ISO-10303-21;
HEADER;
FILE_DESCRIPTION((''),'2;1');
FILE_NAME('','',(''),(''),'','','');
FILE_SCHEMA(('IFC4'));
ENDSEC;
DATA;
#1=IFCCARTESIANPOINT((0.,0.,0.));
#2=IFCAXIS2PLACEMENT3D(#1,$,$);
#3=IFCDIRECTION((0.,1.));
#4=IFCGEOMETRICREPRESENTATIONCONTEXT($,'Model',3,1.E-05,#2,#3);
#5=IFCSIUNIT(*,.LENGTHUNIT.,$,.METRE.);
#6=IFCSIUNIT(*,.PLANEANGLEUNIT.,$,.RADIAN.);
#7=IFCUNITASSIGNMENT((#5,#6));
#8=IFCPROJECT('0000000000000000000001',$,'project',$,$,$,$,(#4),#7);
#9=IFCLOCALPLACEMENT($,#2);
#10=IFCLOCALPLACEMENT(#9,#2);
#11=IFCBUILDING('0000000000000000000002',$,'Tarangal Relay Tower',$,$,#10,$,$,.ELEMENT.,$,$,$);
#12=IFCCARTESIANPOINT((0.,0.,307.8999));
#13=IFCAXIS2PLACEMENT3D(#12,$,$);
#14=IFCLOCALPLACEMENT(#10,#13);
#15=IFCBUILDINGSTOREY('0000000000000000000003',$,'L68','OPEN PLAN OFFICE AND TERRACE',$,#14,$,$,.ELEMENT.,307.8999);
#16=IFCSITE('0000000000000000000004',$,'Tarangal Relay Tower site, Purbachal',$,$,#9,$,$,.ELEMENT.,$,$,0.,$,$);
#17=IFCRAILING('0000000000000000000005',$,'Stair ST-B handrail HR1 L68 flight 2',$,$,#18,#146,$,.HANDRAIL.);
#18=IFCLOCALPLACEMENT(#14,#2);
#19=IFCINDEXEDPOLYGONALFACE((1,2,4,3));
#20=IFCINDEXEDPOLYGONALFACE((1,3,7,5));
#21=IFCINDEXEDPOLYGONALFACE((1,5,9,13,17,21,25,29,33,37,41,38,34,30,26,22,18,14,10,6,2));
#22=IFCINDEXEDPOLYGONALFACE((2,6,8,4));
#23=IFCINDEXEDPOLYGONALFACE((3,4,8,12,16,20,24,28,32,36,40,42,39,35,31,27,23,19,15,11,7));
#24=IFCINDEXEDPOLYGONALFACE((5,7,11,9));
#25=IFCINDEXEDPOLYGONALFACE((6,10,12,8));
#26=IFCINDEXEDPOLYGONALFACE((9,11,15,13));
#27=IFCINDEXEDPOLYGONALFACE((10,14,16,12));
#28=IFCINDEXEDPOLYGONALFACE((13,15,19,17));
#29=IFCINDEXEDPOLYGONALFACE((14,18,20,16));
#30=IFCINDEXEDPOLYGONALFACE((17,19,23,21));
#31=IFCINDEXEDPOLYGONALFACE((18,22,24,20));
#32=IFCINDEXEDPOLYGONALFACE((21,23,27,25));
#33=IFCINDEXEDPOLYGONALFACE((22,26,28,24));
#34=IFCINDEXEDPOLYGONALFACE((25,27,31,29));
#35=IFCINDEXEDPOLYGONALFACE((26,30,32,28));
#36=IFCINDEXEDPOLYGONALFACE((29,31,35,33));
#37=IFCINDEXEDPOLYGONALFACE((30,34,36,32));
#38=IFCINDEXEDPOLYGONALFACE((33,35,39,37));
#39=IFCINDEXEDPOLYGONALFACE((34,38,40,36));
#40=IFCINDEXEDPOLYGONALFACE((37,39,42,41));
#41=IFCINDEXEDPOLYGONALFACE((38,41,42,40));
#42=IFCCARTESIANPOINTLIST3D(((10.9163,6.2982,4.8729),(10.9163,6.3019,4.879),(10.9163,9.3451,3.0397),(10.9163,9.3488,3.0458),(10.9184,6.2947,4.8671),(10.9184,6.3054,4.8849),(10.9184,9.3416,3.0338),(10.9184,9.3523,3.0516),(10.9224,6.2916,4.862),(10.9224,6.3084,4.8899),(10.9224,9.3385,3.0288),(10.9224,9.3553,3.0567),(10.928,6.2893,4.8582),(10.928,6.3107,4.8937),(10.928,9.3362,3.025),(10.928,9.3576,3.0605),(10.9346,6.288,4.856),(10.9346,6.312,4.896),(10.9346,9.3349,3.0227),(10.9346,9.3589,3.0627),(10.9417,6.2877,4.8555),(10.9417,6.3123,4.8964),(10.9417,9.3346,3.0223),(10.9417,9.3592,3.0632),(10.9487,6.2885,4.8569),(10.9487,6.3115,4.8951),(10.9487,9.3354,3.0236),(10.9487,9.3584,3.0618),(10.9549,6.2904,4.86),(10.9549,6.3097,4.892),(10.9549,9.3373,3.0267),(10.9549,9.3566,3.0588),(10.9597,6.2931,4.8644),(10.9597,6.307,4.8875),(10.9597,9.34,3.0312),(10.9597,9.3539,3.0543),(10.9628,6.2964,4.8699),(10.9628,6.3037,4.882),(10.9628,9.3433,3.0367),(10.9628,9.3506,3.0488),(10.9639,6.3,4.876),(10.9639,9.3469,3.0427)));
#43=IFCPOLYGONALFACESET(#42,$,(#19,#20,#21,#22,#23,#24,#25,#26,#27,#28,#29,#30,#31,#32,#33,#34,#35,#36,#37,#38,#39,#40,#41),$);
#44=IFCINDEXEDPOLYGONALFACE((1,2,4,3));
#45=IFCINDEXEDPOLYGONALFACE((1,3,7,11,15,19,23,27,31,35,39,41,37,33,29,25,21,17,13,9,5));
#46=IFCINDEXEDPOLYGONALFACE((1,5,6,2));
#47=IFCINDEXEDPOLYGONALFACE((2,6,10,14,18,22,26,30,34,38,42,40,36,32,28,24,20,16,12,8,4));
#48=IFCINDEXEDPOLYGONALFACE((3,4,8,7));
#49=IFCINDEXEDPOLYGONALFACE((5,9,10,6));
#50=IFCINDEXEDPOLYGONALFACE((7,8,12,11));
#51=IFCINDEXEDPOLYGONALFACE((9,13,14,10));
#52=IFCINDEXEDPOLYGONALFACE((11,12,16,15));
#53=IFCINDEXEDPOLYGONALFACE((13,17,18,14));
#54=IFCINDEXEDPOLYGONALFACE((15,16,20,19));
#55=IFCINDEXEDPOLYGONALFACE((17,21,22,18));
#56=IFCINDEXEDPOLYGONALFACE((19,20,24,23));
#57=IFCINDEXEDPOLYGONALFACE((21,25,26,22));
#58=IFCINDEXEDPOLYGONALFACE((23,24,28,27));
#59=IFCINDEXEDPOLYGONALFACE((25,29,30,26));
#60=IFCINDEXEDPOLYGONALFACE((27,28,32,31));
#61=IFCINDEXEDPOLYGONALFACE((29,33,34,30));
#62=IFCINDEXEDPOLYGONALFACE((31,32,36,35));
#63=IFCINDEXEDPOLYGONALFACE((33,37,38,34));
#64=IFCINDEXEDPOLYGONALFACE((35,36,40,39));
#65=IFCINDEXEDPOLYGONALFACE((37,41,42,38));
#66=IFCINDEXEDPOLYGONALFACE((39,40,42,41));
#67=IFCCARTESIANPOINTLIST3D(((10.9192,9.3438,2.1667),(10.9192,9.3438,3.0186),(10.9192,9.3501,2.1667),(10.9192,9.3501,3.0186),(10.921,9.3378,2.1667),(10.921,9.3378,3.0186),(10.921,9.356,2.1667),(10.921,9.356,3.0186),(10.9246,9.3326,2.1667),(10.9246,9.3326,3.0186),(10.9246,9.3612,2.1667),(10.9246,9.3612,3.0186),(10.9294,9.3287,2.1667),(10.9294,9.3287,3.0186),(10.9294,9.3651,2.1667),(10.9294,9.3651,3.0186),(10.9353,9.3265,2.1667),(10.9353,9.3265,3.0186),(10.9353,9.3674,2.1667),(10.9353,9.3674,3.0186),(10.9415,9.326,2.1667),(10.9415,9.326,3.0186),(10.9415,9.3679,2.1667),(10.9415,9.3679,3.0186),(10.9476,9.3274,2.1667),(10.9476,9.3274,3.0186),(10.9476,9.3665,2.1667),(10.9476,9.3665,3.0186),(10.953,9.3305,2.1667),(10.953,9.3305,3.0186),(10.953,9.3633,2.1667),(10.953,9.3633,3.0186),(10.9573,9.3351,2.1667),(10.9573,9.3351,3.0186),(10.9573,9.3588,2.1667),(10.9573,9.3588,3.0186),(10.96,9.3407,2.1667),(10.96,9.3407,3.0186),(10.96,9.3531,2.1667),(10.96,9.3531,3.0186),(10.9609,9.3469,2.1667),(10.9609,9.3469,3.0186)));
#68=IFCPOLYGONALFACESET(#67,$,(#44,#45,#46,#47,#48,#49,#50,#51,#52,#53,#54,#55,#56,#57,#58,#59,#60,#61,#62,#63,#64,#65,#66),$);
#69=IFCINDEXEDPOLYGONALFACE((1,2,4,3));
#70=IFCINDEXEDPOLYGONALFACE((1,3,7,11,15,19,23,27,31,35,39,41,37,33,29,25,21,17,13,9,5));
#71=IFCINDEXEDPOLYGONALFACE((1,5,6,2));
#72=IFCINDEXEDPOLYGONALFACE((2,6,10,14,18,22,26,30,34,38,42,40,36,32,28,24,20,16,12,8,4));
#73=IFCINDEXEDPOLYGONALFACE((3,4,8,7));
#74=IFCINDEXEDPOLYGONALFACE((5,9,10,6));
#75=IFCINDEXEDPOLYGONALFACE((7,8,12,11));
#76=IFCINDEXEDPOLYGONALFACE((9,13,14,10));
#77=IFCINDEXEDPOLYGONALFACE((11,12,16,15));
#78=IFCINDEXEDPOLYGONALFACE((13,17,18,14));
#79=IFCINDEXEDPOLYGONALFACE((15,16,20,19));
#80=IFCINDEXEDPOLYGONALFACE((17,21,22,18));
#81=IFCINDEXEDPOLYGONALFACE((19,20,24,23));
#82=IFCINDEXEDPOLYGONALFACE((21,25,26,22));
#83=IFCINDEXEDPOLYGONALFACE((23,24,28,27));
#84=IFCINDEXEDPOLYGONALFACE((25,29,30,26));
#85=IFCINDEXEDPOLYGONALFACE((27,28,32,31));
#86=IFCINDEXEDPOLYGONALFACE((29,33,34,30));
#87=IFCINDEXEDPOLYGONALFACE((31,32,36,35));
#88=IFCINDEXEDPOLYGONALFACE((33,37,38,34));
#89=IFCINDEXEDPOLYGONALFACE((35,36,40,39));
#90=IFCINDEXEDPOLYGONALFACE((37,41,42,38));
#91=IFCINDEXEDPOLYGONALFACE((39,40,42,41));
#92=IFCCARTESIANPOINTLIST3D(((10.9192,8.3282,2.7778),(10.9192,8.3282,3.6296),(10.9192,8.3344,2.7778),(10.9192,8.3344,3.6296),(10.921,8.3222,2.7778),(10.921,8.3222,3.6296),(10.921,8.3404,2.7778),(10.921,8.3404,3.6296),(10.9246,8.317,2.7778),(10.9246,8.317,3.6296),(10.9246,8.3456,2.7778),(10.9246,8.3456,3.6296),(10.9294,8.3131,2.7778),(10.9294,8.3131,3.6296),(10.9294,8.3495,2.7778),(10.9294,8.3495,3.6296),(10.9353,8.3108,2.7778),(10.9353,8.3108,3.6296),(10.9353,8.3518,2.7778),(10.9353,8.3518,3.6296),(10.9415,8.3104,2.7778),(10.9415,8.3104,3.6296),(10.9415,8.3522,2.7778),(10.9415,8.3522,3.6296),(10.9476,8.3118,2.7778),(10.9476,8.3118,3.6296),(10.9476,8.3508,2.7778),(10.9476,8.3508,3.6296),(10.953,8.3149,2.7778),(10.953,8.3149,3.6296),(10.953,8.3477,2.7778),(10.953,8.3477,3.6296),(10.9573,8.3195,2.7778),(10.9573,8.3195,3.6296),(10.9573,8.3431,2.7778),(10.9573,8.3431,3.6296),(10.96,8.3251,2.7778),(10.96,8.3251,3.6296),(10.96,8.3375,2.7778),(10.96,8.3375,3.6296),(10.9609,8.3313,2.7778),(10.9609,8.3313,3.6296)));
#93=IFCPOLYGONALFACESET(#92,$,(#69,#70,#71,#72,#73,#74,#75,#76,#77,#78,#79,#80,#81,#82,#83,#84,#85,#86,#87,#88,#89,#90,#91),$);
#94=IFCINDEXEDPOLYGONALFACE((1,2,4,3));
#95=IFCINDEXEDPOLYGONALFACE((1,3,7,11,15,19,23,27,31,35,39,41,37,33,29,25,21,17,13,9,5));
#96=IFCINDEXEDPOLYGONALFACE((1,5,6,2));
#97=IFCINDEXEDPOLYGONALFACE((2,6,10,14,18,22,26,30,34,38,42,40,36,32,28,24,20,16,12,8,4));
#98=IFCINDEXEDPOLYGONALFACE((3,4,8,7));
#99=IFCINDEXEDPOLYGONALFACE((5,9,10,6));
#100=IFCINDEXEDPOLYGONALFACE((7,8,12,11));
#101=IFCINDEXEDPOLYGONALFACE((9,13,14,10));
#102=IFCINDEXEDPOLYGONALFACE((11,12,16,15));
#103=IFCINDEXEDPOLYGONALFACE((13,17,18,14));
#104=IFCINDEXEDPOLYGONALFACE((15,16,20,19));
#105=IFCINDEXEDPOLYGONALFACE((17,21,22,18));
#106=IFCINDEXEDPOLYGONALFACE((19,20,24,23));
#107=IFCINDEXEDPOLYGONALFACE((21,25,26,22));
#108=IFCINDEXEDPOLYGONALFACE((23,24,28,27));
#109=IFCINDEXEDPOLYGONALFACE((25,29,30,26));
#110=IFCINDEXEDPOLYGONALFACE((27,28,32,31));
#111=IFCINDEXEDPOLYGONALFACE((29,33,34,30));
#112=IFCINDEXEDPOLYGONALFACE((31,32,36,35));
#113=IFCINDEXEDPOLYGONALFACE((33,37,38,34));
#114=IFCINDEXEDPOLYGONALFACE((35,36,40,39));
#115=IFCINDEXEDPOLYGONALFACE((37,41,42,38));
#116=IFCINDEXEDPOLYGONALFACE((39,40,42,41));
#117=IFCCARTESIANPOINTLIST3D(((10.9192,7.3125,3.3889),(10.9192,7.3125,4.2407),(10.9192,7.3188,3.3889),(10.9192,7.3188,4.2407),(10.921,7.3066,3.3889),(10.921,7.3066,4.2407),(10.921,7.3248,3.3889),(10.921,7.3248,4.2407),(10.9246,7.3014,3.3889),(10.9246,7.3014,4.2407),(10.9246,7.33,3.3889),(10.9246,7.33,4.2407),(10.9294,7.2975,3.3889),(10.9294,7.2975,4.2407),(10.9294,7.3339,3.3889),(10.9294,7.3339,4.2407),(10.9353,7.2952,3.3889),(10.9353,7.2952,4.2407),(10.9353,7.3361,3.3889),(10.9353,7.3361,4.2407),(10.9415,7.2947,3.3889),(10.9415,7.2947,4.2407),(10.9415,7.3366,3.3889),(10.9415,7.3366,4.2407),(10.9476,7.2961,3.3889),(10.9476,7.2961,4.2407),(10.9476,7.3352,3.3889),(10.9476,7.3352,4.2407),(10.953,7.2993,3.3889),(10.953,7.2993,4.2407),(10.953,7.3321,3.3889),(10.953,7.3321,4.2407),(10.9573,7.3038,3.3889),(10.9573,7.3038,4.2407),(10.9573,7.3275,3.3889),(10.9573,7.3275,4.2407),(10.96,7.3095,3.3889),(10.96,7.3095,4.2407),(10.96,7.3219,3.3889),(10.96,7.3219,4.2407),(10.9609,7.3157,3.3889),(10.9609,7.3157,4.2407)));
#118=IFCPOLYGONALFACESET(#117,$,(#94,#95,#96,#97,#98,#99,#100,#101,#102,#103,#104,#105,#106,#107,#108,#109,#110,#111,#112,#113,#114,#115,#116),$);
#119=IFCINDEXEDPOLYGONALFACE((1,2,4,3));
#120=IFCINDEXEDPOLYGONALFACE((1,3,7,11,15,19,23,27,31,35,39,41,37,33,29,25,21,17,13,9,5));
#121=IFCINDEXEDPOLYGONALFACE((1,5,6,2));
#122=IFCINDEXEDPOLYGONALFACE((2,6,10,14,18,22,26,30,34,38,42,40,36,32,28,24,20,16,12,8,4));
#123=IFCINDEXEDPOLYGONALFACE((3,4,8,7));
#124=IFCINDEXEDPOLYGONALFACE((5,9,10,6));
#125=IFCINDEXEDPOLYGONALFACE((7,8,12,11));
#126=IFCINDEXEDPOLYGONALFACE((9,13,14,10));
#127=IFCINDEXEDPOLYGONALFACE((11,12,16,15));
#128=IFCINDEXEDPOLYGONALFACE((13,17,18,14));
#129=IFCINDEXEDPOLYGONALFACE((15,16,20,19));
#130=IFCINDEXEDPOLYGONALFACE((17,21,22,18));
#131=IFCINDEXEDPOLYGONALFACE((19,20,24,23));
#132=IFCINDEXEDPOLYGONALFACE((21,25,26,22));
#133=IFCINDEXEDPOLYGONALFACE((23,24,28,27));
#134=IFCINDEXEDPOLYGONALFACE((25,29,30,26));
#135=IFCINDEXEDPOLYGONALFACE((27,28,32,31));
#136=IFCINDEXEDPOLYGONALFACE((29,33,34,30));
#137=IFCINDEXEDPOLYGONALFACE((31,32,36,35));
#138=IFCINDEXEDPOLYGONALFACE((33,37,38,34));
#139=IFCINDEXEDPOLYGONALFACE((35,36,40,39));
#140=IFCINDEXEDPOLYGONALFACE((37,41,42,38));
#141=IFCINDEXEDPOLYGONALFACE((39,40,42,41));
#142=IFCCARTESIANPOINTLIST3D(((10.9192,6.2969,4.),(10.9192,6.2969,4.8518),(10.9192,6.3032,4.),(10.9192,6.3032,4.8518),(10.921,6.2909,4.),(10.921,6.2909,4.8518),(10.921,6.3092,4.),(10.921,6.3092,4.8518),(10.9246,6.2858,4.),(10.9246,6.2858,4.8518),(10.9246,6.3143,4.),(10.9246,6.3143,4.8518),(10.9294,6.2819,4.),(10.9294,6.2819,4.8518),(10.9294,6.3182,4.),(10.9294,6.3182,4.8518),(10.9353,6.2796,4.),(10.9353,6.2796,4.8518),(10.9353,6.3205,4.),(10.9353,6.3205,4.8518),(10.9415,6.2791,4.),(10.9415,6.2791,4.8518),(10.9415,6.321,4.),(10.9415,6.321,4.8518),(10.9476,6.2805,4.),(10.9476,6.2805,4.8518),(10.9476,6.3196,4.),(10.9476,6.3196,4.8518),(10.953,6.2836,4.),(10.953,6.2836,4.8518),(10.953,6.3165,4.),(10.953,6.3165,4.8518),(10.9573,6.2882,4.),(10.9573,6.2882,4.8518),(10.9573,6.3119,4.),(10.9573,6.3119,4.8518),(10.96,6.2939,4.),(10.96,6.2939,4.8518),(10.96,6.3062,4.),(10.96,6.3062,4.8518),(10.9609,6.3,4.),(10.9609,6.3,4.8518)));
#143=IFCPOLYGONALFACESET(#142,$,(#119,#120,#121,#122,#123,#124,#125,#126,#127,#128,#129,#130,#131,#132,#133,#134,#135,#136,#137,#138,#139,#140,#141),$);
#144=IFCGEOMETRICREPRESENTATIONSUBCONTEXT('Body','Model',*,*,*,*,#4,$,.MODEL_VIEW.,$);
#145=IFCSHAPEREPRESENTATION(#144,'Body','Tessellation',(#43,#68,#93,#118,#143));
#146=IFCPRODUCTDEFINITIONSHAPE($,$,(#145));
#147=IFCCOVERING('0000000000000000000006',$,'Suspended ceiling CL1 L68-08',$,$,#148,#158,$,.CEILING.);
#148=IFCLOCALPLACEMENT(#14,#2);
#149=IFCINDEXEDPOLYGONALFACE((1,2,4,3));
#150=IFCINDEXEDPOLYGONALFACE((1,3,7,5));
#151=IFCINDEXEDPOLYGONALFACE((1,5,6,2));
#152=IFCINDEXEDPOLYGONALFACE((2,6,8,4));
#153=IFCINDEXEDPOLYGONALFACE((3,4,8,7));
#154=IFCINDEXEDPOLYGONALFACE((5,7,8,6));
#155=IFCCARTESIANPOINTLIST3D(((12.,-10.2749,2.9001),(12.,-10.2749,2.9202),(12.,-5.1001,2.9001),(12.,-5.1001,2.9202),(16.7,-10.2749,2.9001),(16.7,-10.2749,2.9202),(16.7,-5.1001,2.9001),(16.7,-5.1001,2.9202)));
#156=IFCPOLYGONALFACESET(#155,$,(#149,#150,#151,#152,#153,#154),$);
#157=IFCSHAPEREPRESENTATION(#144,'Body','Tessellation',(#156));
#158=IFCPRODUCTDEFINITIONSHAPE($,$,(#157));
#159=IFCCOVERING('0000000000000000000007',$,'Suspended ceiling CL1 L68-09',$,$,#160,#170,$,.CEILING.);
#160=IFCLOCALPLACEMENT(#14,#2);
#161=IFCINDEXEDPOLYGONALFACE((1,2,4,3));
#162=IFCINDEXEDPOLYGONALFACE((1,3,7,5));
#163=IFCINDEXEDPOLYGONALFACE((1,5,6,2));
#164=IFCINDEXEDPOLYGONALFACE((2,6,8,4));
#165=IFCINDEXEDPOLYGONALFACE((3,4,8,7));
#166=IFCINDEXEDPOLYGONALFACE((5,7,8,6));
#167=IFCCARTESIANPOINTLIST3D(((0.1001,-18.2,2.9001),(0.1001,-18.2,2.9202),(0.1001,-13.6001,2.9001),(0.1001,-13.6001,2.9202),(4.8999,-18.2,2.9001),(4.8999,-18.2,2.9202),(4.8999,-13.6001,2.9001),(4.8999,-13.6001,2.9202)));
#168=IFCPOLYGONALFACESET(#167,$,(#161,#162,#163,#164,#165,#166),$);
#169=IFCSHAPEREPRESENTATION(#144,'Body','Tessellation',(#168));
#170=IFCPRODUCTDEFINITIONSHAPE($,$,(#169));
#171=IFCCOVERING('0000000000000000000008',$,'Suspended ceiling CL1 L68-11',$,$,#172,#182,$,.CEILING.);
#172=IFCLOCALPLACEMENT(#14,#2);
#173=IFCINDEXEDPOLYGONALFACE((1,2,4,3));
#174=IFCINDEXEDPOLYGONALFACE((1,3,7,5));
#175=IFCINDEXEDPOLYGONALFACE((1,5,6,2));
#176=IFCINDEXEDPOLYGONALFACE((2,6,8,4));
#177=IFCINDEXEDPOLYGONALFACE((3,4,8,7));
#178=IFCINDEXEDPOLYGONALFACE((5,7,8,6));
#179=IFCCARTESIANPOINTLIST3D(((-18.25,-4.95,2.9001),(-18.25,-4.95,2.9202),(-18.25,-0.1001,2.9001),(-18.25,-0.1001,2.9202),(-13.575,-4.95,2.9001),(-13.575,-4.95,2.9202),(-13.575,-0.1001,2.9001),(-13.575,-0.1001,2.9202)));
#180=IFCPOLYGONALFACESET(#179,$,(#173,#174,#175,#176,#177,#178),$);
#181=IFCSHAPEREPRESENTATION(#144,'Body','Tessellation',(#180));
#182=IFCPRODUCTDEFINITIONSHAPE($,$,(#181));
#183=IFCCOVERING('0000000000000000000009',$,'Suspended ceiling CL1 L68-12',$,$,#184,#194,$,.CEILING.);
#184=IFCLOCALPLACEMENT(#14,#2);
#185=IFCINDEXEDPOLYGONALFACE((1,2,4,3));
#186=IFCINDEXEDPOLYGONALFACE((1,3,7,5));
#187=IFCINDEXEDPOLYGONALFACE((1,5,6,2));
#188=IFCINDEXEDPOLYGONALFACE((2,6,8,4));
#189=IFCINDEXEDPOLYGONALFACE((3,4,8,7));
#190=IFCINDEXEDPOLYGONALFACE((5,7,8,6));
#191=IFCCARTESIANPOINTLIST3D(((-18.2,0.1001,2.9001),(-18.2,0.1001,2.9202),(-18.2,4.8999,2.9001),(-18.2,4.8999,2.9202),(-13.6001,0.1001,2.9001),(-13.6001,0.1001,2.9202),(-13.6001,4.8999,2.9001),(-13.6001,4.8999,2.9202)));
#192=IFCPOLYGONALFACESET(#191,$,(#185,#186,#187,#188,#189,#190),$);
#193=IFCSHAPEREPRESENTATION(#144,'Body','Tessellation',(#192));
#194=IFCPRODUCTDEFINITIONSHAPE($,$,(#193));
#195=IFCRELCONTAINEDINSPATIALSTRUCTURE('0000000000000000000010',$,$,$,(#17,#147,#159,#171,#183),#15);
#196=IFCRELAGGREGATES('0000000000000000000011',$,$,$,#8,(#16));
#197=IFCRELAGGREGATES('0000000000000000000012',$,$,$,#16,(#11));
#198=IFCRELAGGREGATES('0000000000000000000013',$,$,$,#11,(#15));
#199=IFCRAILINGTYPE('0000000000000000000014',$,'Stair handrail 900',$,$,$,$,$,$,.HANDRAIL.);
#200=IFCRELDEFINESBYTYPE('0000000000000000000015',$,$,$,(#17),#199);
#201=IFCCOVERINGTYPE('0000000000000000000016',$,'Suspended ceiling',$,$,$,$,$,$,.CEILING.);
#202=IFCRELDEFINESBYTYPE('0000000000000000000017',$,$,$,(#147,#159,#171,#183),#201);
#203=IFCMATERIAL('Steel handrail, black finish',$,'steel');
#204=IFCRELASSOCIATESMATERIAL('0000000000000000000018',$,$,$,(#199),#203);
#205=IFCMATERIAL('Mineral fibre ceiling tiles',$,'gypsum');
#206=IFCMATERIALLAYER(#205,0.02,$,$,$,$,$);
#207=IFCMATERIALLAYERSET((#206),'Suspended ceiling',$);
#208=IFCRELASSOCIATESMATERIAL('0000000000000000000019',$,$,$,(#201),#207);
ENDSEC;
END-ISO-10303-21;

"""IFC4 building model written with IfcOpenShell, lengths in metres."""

from ifc_helpers import new_model, si_unit, direction, frame, origin, origin_2d, place, context, subcontext, project, spatial, polyline, circle, outline, extrude, material, layer, layer_set, type_object, element, save


model = new_model("IFC4")

# Units and contexts
model_context = context("Model", 3, precision=1e-05, world=origin(), true_north=direction((0.0, 1.0)))
body_context = subcontext(model_context, "Body", "Model", "MODEL_VIEW")
ifc_project = project(units=[si_unit("LENGTHUNIT", "METRE"), si_unit("PLANEANGLEUNIT", "RADIAN")], contexts=[model_context])

# Site, building, storey
site_placement = place(None, origin())
site = spatial("IfcSite", under=ifc_project, at=site_placement, Name="Tarangal Relay Tower site, Purbachal", CompositionType="ELEMENT", RefElevation=0.0)
building_placement = place(site_placement, origin())
building = spatial("IfcBuilding", under=site, at=building_placement, Name="Tarangal Relay Tower", CompositionType="ELEMENT")
storey_placement = place(building_placement, frame((0.0, 0.0, 307.8999)))
storey = spatial("IfcBuildingStorey", under=building, at=storey_placement, Name="L68", Description="OPEN PLAN OFFICE AND TERRACE", CompositionType="ELEMENT", Elevation=307.8999)

# Railing
ifc_material_1 = material(Name="Steel handrail, black finish", Category="steel")
railing_type_1 = type_object("IfcRailingType", Name="Stair handrail 900", PredefinedType="HANDRAIL", material=ifc_material_1)
railing_1_placement = place(storey_placement, frame((10.9399, 9.3469, 2.1667)))
element("IfcRailing", 1, at=railing_1_placement, inside=storey, type_object=railing_type_1, Name="Stair ST-B handrail HR1 L68 flight 2", PredefinedType="HANDRAIL", context=body_context, shape_type="SweptSolid", body=[
    extrude(circle(Radius=0.0239, at=origin_2d()), frame((0.0, 0.0, 0.876), z_axis=(0.0, -0.856856, 0.515556), x_axis=(1.0, 0.0, 0.0)), (0.0, 0.0, 1.0), 3.5559),
    extrude(circle(Radius=0.021, at=origin_2d()), origin(), (0.0, 0.0, 1.0), 0.8518),
    extrude(circle(Radius=0.021, at=origin_2d()), frame((0.0, -1.0156, 0.6111)), (0.0, 0.0, 1.0), 0.8518),
    extrude(circle(Radius=0.021, at=origin_2d()), frame((0.0, -2.0312, 1.2222)), (0.0, 0.0, 1.0), 0.8518),
    extrude(circle(Radius=0.021, at=origin_2d()), frame((0.0, -3.0469, 1.8333)), (0.0, 0.0, 1.0), 0.8518),
])

# Coverings
ifc_material_2 = material(Name="Mineral fibre ceiling tiles", Category="gypsum")
ifc_layer_1 = layer(ifc_material_2, 0.02)
ifc_layer_set_1 = layer_set([ifc_layer_1], Name="Suspended ceiling")
covering_type = type_object("IfcCoveringType", Name="Suspended ceiling", PredefinedType="CEILING", material=ifc_layer_set_1)
covering_1_placement = place(storey_placement, frame((0.0, 0.0, 2.9001)))
element("IfcCovering", 2, at=covering_1_placement, inside=storey, type_object=covering_type, Name="Suspended ceiling CL1 L68-08", PredefinedType="CEILING", context=body_context, shape_type="SweptSolid", body=[
    extrude(outline(polyline([(12.0, -10.2749), (16.7, -10.2749), (16.7, -5.1001), (12.0, -5.1001), (12.0, -10.2749)])), origin(), (0.0, 0.0, 1.0), 0.02),
])
covering_2_placement = place(storey_placement, frame((0.0, 0.0, 2.9001)))
element("IfcCovering", 3, at=covering_2_placement, inside=storey, type_object=covering_type, Name="Suspended ceiling CL1 L68-09", PredefinedType="CEILING", context=body_context, shape_type="SweptSolid", body=[
    extrude(outline(polyline([(0.1001, -18.2), (4.8999, -18.2), (4.8999, -13.6001), (0.1001, -13.6001), (0.1001, -18.2)])), origin(), (0.0, 0.0, 1.0), 0.02),
])
covering_3_placement = place(storey_placement, frame((0.0, 0.0, 2.9001)))
element("IfcCovering", 4, at=covering_3_placement, inside=storey, type_object=covering_type, Name="Suspended ceiling CL1 L68-11", PredefinedType="CEILING", context=body_context, shape_type="SweptSolid", body=[
    extrude(outline(polyline([(-13.575, -4.95), (-13.575, -0.1001), (-18.25, -0.1001), (-18.25, -4.95), (-13.575, -4.95)])), origin(), (0.0, 0.0, 1.0), 0.02),
])
covering_4_placement = place(storey_placement, frame((0.0, 0.0, 2.9001)))
element("IfcCovering", 5, at=covering_4_placement, inside=storey, type_object=covering_type, Name="Suspended ceiling CL1 L68-12", PredefinedType="CEILING", context=body_context, shape_type="SweptSolid", body=[
    extrude(outline(polyline([(-13.6001, 4.8999), (-18.2, 4.8999), (-18.2, 0.1001), (-13.6001, 0.1001), (-13.6001, 4.8999)])), origin(), (0.0, 0.0, 1.0), 0.02),
])

save(model, "model.ifc")
